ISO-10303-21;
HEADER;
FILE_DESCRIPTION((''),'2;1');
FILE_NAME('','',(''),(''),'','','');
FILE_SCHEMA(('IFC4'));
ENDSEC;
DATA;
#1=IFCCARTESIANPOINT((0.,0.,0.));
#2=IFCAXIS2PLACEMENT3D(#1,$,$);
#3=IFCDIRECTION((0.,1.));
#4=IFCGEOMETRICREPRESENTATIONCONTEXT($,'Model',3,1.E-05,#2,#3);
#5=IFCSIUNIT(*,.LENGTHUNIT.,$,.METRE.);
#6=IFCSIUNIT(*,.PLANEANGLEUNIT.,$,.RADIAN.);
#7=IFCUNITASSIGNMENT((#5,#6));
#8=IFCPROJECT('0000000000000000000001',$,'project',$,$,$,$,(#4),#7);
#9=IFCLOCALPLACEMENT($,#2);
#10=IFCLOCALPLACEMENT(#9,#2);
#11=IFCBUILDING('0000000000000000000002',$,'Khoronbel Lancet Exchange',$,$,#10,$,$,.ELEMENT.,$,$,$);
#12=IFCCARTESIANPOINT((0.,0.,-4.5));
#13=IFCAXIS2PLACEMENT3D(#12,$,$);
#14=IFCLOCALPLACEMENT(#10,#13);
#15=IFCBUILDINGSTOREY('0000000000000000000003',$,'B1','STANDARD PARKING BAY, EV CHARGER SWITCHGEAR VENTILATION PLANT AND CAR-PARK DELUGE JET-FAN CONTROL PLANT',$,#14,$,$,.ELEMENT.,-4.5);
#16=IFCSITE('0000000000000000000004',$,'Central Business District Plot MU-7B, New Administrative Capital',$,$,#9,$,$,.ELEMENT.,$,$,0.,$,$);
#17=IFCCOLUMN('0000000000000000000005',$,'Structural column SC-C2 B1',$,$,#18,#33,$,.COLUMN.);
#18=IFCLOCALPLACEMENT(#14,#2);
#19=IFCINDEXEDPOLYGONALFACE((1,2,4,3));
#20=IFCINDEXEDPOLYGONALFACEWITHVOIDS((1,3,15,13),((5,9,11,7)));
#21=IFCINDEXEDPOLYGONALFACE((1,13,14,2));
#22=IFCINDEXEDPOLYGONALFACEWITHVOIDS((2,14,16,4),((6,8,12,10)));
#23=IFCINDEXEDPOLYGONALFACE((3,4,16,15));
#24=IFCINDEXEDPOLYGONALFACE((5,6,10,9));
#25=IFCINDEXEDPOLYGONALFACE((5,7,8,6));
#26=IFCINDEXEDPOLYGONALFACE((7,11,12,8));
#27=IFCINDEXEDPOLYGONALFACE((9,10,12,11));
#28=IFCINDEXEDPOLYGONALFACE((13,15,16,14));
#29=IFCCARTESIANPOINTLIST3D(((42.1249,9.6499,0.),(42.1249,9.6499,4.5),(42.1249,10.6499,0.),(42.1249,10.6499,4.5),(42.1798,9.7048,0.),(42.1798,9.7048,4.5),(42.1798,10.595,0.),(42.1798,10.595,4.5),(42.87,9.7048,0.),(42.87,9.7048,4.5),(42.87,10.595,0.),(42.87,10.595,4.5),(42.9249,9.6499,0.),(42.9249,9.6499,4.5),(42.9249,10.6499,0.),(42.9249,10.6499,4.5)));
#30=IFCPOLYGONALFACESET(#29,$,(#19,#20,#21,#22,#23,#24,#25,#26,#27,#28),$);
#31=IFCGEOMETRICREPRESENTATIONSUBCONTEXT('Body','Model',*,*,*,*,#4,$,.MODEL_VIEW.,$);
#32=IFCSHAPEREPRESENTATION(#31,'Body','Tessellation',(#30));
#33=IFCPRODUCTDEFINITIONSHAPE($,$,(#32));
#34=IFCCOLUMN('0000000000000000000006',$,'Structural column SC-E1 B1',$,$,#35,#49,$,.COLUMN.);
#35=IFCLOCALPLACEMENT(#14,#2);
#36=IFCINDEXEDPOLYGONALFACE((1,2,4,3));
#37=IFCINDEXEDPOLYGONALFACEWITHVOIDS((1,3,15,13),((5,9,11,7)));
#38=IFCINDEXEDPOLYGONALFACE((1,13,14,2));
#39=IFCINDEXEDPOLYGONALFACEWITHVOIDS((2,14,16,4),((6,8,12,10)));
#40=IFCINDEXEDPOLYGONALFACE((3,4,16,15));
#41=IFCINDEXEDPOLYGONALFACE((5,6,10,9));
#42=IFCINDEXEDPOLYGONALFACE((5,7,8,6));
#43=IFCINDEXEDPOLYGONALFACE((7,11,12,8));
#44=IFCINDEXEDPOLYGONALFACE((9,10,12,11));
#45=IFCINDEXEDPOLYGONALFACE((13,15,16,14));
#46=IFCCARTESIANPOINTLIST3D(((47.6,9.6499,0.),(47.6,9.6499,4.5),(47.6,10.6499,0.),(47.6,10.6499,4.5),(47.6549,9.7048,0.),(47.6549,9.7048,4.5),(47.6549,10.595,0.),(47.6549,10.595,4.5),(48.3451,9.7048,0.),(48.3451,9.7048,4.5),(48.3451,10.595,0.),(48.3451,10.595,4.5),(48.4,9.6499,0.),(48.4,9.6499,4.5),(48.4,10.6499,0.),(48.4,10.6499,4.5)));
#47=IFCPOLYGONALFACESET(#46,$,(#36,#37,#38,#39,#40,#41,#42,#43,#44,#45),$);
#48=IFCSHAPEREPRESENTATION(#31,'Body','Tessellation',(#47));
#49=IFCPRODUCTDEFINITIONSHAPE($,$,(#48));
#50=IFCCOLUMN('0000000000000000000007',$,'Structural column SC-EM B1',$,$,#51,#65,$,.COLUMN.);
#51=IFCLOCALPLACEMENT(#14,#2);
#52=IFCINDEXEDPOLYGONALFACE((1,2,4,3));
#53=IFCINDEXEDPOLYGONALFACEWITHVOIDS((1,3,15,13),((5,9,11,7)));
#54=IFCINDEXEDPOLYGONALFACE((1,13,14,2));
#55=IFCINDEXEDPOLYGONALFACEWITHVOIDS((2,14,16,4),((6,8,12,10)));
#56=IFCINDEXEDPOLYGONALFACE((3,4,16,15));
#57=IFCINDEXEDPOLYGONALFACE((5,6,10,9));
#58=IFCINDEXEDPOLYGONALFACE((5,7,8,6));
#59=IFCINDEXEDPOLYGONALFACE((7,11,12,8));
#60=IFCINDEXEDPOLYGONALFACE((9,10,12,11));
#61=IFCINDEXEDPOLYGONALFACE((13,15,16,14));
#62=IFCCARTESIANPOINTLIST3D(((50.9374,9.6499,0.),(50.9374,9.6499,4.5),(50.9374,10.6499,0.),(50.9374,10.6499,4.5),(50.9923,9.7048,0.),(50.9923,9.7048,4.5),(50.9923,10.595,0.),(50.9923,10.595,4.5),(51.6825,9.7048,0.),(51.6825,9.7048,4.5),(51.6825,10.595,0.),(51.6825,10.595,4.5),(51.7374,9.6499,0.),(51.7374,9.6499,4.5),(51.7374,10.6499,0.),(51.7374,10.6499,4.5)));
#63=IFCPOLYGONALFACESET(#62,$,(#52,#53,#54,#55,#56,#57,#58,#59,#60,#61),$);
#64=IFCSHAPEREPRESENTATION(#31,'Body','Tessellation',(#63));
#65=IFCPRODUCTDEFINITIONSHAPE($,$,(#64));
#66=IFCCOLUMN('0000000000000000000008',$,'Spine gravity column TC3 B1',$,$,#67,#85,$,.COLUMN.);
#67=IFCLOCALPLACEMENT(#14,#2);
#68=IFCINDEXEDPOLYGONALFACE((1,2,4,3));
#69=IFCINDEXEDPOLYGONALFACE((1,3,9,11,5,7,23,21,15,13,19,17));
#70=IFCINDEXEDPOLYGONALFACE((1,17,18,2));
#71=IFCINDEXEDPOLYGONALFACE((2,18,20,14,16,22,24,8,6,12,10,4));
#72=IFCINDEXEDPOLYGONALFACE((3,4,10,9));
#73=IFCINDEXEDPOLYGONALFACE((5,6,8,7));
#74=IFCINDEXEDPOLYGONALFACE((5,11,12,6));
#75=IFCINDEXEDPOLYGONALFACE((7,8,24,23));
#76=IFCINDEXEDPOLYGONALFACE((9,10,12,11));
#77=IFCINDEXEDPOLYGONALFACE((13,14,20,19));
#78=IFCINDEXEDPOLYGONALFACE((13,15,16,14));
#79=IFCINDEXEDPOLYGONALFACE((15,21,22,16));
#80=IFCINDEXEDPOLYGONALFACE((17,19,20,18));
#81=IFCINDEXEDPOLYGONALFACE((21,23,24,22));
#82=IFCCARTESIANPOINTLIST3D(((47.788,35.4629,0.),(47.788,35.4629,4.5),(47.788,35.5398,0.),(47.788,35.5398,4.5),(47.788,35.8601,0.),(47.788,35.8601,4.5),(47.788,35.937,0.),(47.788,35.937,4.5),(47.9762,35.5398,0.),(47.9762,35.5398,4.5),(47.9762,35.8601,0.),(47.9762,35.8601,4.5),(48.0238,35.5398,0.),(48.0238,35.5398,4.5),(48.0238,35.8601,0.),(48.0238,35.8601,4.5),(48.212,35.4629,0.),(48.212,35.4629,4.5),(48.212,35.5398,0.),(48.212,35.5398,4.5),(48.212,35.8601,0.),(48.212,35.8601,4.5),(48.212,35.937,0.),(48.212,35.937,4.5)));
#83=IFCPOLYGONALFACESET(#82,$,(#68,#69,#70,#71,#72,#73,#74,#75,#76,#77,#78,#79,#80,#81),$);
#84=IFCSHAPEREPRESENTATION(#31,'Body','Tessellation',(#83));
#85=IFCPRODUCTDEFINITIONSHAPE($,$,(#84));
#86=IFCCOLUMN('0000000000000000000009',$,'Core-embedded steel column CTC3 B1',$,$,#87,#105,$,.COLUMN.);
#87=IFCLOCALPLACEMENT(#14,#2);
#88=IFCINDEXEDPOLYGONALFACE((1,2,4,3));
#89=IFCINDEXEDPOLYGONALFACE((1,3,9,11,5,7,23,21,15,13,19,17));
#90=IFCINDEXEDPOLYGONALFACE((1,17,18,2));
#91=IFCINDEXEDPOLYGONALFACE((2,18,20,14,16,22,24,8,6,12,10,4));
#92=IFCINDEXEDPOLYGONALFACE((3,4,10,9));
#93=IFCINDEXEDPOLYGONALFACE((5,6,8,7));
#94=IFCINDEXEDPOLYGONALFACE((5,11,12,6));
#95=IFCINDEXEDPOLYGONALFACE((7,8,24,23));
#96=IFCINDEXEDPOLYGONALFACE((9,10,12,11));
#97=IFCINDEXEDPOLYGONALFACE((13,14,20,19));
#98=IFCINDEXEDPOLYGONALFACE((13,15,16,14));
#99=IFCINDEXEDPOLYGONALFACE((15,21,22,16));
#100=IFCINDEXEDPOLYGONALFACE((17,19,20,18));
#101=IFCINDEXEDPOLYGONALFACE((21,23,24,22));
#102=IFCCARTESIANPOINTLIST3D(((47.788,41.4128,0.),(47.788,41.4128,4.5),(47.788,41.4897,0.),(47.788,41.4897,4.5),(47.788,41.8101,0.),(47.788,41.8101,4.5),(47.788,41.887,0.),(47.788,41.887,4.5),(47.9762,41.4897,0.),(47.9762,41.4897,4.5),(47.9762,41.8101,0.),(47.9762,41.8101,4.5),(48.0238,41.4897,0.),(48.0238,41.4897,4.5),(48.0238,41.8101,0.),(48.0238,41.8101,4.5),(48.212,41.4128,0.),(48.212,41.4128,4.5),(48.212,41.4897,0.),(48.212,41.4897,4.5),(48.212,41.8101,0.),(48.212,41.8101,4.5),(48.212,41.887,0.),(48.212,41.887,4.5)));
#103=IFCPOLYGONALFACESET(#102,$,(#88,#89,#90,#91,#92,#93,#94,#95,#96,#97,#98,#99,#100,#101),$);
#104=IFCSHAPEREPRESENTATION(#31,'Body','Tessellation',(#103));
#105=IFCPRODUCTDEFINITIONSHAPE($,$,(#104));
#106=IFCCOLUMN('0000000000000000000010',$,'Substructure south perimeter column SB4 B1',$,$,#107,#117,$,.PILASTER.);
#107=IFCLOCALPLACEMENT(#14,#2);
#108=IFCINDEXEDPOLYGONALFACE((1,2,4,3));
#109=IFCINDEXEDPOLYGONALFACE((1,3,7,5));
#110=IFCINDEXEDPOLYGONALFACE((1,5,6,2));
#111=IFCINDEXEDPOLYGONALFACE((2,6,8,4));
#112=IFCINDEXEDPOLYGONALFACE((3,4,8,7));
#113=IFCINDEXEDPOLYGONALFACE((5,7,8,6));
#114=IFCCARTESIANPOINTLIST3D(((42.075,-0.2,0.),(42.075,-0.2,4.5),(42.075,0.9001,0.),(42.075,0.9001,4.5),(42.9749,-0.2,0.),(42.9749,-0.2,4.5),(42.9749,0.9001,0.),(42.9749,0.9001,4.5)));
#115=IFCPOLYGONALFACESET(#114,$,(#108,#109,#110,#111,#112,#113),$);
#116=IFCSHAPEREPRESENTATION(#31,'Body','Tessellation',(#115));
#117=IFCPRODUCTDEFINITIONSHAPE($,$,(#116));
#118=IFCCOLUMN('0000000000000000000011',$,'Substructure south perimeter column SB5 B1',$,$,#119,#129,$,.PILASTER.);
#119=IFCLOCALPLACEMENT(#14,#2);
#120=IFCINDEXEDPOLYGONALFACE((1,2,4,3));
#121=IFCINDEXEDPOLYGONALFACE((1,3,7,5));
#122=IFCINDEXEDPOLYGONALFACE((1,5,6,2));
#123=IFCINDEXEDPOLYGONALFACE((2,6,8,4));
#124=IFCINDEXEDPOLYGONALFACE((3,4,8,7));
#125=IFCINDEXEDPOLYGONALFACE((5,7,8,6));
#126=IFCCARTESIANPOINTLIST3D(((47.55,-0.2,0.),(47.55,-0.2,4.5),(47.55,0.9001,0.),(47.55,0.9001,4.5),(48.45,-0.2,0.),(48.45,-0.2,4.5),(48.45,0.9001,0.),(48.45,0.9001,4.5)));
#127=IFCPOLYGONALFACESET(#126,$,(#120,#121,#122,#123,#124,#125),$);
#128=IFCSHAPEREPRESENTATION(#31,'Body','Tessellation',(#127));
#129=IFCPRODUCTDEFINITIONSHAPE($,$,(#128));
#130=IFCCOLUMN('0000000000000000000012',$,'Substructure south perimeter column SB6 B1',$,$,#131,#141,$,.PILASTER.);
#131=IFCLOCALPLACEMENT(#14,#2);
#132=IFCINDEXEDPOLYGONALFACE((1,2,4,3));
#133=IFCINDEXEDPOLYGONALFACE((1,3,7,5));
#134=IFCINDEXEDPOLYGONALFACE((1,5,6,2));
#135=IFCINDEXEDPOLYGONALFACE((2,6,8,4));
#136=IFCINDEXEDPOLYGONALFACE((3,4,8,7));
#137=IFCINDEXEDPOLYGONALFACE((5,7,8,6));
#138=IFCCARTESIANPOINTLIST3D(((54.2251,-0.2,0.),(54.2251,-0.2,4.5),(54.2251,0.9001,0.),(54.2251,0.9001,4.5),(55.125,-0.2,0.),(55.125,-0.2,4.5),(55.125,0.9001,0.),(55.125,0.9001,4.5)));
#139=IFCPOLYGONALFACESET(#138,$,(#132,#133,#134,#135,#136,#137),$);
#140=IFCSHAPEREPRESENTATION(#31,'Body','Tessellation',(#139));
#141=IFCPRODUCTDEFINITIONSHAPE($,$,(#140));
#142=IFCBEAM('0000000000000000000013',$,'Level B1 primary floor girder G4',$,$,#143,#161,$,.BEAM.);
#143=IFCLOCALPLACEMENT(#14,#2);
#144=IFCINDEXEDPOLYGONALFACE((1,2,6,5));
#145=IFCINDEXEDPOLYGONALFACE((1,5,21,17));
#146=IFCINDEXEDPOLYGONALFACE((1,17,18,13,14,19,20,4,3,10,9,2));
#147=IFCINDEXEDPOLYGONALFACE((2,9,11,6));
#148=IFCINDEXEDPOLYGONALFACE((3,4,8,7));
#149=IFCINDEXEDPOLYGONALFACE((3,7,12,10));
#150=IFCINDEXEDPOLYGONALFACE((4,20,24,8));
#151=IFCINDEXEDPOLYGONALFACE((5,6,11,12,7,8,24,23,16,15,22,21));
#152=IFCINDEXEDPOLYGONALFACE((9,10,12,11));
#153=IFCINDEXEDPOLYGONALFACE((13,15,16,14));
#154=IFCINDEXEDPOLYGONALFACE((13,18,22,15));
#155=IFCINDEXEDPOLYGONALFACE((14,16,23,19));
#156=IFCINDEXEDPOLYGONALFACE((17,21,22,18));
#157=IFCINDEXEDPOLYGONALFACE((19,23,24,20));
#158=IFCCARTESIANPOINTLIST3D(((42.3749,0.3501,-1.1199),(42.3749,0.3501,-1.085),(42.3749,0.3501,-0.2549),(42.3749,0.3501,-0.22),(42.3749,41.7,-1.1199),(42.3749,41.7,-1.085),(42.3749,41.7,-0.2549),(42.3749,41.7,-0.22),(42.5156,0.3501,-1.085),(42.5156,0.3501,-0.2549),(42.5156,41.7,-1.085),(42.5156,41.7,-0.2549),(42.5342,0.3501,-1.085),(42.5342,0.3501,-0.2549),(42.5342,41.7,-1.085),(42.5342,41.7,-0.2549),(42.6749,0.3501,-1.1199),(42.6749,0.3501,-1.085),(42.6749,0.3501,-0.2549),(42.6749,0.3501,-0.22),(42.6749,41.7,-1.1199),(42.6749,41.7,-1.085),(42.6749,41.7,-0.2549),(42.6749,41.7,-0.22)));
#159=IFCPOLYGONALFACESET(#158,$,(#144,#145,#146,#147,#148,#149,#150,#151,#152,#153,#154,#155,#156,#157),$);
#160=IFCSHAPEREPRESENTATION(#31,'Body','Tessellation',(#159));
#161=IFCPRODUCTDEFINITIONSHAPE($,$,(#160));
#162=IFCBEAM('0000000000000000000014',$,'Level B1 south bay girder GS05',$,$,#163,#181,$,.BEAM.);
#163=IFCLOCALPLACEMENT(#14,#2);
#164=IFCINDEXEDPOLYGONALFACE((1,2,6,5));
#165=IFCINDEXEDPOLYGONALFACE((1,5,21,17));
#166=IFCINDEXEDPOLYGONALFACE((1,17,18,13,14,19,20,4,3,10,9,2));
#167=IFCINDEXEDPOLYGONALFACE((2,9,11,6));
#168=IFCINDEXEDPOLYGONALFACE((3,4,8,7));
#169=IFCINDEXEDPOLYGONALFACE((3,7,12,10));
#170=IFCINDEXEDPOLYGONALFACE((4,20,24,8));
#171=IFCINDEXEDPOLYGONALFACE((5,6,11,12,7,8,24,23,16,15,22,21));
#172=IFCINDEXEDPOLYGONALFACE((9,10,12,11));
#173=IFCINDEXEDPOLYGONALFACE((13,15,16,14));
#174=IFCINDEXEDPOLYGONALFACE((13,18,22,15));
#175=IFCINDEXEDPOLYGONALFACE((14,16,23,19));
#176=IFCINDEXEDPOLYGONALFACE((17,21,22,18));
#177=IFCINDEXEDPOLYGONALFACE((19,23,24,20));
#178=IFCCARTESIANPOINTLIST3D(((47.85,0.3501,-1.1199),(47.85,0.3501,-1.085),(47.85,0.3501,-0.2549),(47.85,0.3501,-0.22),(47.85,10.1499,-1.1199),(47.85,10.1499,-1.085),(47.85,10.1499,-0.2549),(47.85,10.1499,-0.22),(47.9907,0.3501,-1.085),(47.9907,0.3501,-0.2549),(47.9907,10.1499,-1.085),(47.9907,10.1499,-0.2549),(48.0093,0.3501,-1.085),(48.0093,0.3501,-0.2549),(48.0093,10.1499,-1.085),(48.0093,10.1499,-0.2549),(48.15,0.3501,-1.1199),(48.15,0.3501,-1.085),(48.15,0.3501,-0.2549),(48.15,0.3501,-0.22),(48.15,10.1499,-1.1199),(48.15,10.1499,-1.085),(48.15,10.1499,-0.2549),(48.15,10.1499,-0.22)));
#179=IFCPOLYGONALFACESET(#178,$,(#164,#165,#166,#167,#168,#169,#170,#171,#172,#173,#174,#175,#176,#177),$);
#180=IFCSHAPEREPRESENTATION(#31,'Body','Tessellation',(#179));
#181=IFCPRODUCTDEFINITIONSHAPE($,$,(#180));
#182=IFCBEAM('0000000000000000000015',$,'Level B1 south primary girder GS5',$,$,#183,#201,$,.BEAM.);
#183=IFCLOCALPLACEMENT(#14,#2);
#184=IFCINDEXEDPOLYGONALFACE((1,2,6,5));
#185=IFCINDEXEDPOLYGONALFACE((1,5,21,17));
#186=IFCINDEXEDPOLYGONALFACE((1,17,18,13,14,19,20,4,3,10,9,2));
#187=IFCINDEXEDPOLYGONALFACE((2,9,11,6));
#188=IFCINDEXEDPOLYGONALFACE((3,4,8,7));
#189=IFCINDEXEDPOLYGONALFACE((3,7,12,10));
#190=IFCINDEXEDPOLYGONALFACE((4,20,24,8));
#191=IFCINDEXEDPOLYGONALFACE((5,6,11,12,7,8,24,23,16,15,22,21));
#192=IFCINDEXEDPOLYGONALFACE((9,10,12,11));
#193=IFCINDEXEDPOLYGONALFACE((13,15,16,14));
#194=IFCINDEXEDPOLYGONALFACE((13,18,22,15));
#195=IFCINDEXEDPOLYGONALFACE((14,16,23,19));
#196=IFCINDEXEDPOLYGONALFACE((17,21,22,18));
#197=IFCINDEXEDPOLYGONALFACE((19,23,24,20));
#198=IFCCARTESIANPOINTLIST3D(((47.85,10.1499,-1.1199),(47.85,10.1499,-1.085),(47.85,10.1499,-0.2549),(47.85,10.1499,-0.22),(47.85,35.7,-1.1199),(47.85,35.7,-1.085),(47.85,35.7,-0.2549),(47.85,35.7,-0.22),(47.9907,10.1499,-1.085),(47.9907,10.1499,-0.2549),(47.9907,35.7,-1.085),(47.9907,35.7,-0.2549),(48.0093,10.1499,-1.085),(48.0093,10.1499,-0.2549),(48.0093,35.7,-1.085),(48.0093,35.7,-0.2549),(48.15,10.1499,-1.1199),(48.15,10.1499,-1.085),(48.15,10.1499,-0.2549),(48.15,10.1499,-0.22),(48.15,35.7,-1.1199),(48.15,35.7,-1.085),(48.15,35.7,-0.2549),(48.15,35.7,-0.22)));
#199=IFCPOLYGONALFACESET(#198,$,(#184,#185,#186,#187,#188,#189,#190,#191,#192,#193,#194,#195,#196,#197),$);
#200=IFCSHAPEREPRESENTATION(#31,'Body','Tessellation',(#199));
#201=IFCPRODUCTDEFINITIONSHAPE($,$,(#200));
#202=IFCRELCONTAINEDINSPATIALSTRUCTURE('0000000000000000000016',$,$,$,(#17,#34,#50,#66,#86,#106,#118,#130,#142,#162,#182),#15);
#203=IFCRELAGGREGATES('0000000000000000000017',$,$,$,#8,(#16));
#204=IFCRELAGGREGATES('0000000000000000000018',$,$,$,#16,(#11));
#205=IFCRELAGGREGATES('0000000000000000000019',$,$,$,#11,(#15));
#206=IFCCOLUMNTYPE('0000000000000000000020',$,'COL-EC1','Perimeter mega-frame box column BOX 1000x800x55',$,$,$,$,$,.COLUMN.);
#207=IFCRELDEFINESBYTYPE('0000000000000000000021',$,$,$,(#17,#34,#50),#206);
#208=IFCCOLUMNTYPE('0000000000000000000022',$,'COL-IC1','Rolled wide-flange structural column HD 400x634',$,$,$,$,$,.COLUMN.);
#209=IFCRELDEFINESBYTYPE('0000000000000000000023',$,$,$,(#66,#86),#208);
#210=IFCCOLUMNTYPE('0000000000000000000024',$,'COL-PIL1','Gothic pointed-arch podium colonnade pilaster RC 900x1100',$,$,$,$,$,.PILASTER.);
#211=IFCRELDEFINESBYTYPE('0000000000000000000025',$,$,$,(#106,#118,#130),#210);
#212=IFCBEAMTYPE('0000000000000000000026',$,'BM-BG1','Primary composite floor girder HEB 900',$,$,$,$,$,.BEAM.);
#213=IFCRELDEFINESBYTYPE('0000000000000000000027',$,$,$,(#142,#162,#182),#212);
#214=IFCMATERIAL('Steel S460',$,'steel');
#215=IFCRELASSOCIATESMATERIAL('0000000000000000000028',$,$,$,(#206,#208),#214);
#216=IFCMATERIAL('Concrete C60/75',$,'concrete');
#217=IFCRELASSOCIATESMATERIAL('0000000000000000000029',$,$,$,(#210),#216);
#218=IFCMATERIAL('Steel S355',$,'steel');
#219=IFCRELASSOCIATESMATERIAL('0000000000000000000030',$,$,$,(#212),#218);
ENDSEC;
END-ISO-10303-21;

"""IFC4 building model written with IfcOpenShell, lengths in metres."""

from ifc_helpers import new_model, si_unit, direction, frame, origin, origin_2d, place, context, subcontext, project, spatial, rectangle, hollow_rectangle, i_section, extrude, material, material_profile, profile_set, type_object, element, save


model = new_model("IFC4")

# Units and contexts
model_context = context("Model", 3, precision=1e-05, world=origin(), true_north=direction((0.0, 1.0)))
body_context = subcontext(model_context, "Body", "Model", "MODEL_VIEW")
ifc_project = project(units=[si_unit("LENGTHUNIT", "METRE"), si_unit("PLANEANGLEUNIT", "RADIAN")], contexts=[model_context])

# Site, building, storey
site_placement = place(None, origin())
site = spatial("IfcSite", under=ifc_project, at=site_placement, Name="Central Business District Plot MU-7B, New Administrative Capital", CompositionType="ELEMENT", RefElevation=0.0)
building_placement = place(site_placement, origin())
building = spatial("IfcBuilding", under=site, at=building_placement, Name="Khoronbel Lancet Exchange", CompositionType="ELEMENT")
storey_placement = place(building_placement, frame((0.0, 0.0, -4.5)))
storey = spatial("IfcBuildingStorey", under=building, at=storey_placement, Name="B1", Description="STANDARD PARKING BAY, EV CHARGER SWITCHGEAR VENTILATION PLANT AND CAR-PARK DELUGE JET-FAN CONTROL PLANT", CompositionType="ELEMENT", Elevation=-4.5)

# Columns
ifc_material_1 = material(Name="Steel S460", Category="steel")
ifc_material_profile_1 = material_profile(ifc_material_1, hollow_rectangle(XDim=0.8, YDim=1.0, WallThickness=0.0549, at=origin_2d()), Name="BOX 1000x800x55")
ifc_profile_set_1 = profile_set([ifc_material_profile_1], Name="Steel S460")
column_type_1 = type_object("IfcColumnType", Name="COL-EC1", Description="Perimeter mega-frame box column BOX 1000x800x55", PredefinedType="COLUMN", material=ifc_profile_set_1)
for number, where, z_axis, x_axis, name in (
    (1, (42.5249, 10.1499, 0.0), (0.0, 0.0, 1.0), (1.0, 0.0, 0.0), "Structural column SC-C2 B1"),
    (2, (48.0, 10.1499, 0.0), (0.0, 0.0, 1.0), (1.0, 0.0, 0.0), "Structural column SC-E1 B1"),
    (3, (51.3374, 10.1499, 0.0), (0.0, 0.0, 1.0), (1.0, 0.0, 0.0), "Structural column SC-EM B1"),
):
    element("IfcColumn", number, at=place(storey_placement, frame(where, z_axis=z_axis, x_axis=x_axis)), inside=storey, type_object=column_type_1, Name=name, PredefinedType="COLUMN", context=body_context, shape_type="SweptSolid", body=[
        extrude(hollow_rectangle(XDim=0.8, YDim=1.0, WallThickness=0.0549, at=origin_2d()), origin(), (0.0, 0.0, 1.0), 4.5),
    ])
ifc_material_profile_2 = material_profile(ifc_material_1, i_section(OverallWidth=0.4241, OverallDepth=0.4741, WebThickness=0.0476, FlangeThickness=0.0769, at=origin_2d()), Name="HD 400x634")
ifc_profile_set_2 = profile_set([ifc_material_profile_2], Name="Steel S460")
column_type_2 = type_object("IfcColumnType", Name="COL-IC1", Description="Rolled wide-flange structural column HD 400x634", PredefinedType="COLUMN", material=ifc_profile_set_2)
for number, where, z_axis, x_axis, name in (
    (4, (48.0, 35.7, 0.0), (0.0, 0.0, 1.0), (1.0, 0.0, 0.0), "Spine gravity column TC3 B1"),
    (5, (48.0, 41.6499, 0.0), (0.0, 0.0, 1.0), (1.0, 0.0, 0.0), "Core-embedded steel column CTC3 B1"),
):
    element("IfcColumn", number, at=place(storey_placement, frame(where, z_axis=z_axis, x_axis=x_axis)), inside=storey, type_object=column_type_2, Name=name, PredefinedType="COLUMN", context=body_context, shape_type="SweptSolid", body=[
        extrude(i_section(OverallWidth=0.4241, OverallDepth=0.4741, WebThickness=0.0476, FlangeThickness=0.0769, at=origin_2d()), origin(), (0.0, 0.0, 1.0), 4.5),
    ])
ifc_material_2 = material(Name="Concrete C60/75", Category="concrete")
ifc_material_profile_3 = material_profile(ifc_material_2, rectangle(XDim=0.8999, YDim=1.1001, at=origin_2d()), Name="RC 900x1100")
ifc_profile_set_3 = profile_set([ifc_material_profile_3], Name="Concrete C60/75")
column_type_3 = type_object("IfcColumnType", Name="COL-PIL1", Description="Gothic pointed-arch podium colonnade pilaster RC 900x1100", PredefinedType="PILASTER", material=ifc_profile_set_3)
for number, where, z_axis, x_axis, name in (
    (6, (42.5249, 0.3501, 0.0), (0.0, 0.0, 1.0), (1.0, 0.0, 0.0), "Substructure south perimeter column SB4 B1"),
    (7, (48.0, 0.3501, 0.0), (0.0, 0.0, 1.0), (1.0, 0.0, 0.0), "Substructure south perimeter column SB5 B1"),
    (8, (54.675, 0.3501, 0.0), (0.0, 0.0, 1.0), (1.0, 0.0, 0.0), "Substructure south perimeter column SB6 B1"),
):
    element("IfcColumn", number, at=place(storey_placement, frame(where, z_axis=z_axis, x_axis=x_axis)), inside=storey, type_object=column_type_3, Name=name, PredefinedType="PILASTER", context=body_context, shape_type="SweptSolid", body=[
        extrude(rectangle(XDim=0.8999, YDim=1.1001, at=origin_2d()), origin(), (0.0, 0.0, 1.0), 4.5),
    ])

# Beams
ifc_material_3 = material(Name="Steel S355", Category="steel")
ifc_material_profile_4 = material_profile(ifc_material_3, i_section(OverallWidth=0.3, OverallDepth=0.8999, WebThickness=0.0186, FlangeThickness=0.0349, at=origin_2d()), Name="HEB 900")
ifc_profile_set_4 = profile_set([ifc_material_profile_4], Name="Steel S355")
beam_type_1 = type_object("IfcBeamType", Name="BM-BG1", Description="Primary composite floor girder HEB 900", PredefinedType="BEAM", material=ifc_profile_set_4)
beam_1_placement = place(storey_placement, frame((42.5249, 0.3501, -0.6699), z_axis=(0.0, 1.0, 0.0), x_axis=(-1.0, 0.0, 0.0)))
element("IfcBeam", 9, at=beam_1_placement, inside=storey, type_object=beam_type_1, Name="Level B1 primary floor girder G4", PredefinedType="BEAM", context=body_context, shape_type="SweptSolid", body=[
    extrude(i_section(OverallWidth=0.3, OverallDepth=0.8999, WebThickness=0.0186, FlangeThickness=0.0349, at=origin_2d()), origin(), (0.0, 0.0, 1.0), 41.3499),
])
beam_2_placement = place(storey_placement, frame((48.0, 0.3501, -0.6699), z_axis=(0.0, 1.0, 0.0), x_axis=(-1.0, 0.0, 0.0)))
element("IfcBeam", 10, at=beam_2_placement, inside=storey, type_object=beam_type_1, Name="Level B1 south bay girder GS05", PredefinedType="BEAM", context=body_context, shape_type="SweptSolid", body=[
    extrude(i_section(OverallWidth=0.3, OverallDepth=0.8999, WebThickness=0.0186, FlangeThickness=0.0349, at=origin_2d()), origin(), (0.0, 0.0, 1.0), 9.7998),
])
beam_3_placement = place(storey_placement, frame((48.0, 10.1499, -0.6699), z_axis=(0.0, 1.0, 0.0), x_axis=(-1.0, 0.0, 0.0)))
element("IfcBeam", 11, at=beam_3_placement, inside=storey, type_object=beam_type_1, Name="Level B1 south primary girder GS5", PredefinedType="BEAM", context=body_context, shape_type="SweptSolid", body=[
    extrude(i_section(OverallWidth=0.3, OverallDepth=0.8999, WebThickness=0.0186, FlangeThickness=0.0349, at=origin_2d()), origin(), (0.0, 0.0, 1.0), 25.55),
])

save(model, "model.ifc")
